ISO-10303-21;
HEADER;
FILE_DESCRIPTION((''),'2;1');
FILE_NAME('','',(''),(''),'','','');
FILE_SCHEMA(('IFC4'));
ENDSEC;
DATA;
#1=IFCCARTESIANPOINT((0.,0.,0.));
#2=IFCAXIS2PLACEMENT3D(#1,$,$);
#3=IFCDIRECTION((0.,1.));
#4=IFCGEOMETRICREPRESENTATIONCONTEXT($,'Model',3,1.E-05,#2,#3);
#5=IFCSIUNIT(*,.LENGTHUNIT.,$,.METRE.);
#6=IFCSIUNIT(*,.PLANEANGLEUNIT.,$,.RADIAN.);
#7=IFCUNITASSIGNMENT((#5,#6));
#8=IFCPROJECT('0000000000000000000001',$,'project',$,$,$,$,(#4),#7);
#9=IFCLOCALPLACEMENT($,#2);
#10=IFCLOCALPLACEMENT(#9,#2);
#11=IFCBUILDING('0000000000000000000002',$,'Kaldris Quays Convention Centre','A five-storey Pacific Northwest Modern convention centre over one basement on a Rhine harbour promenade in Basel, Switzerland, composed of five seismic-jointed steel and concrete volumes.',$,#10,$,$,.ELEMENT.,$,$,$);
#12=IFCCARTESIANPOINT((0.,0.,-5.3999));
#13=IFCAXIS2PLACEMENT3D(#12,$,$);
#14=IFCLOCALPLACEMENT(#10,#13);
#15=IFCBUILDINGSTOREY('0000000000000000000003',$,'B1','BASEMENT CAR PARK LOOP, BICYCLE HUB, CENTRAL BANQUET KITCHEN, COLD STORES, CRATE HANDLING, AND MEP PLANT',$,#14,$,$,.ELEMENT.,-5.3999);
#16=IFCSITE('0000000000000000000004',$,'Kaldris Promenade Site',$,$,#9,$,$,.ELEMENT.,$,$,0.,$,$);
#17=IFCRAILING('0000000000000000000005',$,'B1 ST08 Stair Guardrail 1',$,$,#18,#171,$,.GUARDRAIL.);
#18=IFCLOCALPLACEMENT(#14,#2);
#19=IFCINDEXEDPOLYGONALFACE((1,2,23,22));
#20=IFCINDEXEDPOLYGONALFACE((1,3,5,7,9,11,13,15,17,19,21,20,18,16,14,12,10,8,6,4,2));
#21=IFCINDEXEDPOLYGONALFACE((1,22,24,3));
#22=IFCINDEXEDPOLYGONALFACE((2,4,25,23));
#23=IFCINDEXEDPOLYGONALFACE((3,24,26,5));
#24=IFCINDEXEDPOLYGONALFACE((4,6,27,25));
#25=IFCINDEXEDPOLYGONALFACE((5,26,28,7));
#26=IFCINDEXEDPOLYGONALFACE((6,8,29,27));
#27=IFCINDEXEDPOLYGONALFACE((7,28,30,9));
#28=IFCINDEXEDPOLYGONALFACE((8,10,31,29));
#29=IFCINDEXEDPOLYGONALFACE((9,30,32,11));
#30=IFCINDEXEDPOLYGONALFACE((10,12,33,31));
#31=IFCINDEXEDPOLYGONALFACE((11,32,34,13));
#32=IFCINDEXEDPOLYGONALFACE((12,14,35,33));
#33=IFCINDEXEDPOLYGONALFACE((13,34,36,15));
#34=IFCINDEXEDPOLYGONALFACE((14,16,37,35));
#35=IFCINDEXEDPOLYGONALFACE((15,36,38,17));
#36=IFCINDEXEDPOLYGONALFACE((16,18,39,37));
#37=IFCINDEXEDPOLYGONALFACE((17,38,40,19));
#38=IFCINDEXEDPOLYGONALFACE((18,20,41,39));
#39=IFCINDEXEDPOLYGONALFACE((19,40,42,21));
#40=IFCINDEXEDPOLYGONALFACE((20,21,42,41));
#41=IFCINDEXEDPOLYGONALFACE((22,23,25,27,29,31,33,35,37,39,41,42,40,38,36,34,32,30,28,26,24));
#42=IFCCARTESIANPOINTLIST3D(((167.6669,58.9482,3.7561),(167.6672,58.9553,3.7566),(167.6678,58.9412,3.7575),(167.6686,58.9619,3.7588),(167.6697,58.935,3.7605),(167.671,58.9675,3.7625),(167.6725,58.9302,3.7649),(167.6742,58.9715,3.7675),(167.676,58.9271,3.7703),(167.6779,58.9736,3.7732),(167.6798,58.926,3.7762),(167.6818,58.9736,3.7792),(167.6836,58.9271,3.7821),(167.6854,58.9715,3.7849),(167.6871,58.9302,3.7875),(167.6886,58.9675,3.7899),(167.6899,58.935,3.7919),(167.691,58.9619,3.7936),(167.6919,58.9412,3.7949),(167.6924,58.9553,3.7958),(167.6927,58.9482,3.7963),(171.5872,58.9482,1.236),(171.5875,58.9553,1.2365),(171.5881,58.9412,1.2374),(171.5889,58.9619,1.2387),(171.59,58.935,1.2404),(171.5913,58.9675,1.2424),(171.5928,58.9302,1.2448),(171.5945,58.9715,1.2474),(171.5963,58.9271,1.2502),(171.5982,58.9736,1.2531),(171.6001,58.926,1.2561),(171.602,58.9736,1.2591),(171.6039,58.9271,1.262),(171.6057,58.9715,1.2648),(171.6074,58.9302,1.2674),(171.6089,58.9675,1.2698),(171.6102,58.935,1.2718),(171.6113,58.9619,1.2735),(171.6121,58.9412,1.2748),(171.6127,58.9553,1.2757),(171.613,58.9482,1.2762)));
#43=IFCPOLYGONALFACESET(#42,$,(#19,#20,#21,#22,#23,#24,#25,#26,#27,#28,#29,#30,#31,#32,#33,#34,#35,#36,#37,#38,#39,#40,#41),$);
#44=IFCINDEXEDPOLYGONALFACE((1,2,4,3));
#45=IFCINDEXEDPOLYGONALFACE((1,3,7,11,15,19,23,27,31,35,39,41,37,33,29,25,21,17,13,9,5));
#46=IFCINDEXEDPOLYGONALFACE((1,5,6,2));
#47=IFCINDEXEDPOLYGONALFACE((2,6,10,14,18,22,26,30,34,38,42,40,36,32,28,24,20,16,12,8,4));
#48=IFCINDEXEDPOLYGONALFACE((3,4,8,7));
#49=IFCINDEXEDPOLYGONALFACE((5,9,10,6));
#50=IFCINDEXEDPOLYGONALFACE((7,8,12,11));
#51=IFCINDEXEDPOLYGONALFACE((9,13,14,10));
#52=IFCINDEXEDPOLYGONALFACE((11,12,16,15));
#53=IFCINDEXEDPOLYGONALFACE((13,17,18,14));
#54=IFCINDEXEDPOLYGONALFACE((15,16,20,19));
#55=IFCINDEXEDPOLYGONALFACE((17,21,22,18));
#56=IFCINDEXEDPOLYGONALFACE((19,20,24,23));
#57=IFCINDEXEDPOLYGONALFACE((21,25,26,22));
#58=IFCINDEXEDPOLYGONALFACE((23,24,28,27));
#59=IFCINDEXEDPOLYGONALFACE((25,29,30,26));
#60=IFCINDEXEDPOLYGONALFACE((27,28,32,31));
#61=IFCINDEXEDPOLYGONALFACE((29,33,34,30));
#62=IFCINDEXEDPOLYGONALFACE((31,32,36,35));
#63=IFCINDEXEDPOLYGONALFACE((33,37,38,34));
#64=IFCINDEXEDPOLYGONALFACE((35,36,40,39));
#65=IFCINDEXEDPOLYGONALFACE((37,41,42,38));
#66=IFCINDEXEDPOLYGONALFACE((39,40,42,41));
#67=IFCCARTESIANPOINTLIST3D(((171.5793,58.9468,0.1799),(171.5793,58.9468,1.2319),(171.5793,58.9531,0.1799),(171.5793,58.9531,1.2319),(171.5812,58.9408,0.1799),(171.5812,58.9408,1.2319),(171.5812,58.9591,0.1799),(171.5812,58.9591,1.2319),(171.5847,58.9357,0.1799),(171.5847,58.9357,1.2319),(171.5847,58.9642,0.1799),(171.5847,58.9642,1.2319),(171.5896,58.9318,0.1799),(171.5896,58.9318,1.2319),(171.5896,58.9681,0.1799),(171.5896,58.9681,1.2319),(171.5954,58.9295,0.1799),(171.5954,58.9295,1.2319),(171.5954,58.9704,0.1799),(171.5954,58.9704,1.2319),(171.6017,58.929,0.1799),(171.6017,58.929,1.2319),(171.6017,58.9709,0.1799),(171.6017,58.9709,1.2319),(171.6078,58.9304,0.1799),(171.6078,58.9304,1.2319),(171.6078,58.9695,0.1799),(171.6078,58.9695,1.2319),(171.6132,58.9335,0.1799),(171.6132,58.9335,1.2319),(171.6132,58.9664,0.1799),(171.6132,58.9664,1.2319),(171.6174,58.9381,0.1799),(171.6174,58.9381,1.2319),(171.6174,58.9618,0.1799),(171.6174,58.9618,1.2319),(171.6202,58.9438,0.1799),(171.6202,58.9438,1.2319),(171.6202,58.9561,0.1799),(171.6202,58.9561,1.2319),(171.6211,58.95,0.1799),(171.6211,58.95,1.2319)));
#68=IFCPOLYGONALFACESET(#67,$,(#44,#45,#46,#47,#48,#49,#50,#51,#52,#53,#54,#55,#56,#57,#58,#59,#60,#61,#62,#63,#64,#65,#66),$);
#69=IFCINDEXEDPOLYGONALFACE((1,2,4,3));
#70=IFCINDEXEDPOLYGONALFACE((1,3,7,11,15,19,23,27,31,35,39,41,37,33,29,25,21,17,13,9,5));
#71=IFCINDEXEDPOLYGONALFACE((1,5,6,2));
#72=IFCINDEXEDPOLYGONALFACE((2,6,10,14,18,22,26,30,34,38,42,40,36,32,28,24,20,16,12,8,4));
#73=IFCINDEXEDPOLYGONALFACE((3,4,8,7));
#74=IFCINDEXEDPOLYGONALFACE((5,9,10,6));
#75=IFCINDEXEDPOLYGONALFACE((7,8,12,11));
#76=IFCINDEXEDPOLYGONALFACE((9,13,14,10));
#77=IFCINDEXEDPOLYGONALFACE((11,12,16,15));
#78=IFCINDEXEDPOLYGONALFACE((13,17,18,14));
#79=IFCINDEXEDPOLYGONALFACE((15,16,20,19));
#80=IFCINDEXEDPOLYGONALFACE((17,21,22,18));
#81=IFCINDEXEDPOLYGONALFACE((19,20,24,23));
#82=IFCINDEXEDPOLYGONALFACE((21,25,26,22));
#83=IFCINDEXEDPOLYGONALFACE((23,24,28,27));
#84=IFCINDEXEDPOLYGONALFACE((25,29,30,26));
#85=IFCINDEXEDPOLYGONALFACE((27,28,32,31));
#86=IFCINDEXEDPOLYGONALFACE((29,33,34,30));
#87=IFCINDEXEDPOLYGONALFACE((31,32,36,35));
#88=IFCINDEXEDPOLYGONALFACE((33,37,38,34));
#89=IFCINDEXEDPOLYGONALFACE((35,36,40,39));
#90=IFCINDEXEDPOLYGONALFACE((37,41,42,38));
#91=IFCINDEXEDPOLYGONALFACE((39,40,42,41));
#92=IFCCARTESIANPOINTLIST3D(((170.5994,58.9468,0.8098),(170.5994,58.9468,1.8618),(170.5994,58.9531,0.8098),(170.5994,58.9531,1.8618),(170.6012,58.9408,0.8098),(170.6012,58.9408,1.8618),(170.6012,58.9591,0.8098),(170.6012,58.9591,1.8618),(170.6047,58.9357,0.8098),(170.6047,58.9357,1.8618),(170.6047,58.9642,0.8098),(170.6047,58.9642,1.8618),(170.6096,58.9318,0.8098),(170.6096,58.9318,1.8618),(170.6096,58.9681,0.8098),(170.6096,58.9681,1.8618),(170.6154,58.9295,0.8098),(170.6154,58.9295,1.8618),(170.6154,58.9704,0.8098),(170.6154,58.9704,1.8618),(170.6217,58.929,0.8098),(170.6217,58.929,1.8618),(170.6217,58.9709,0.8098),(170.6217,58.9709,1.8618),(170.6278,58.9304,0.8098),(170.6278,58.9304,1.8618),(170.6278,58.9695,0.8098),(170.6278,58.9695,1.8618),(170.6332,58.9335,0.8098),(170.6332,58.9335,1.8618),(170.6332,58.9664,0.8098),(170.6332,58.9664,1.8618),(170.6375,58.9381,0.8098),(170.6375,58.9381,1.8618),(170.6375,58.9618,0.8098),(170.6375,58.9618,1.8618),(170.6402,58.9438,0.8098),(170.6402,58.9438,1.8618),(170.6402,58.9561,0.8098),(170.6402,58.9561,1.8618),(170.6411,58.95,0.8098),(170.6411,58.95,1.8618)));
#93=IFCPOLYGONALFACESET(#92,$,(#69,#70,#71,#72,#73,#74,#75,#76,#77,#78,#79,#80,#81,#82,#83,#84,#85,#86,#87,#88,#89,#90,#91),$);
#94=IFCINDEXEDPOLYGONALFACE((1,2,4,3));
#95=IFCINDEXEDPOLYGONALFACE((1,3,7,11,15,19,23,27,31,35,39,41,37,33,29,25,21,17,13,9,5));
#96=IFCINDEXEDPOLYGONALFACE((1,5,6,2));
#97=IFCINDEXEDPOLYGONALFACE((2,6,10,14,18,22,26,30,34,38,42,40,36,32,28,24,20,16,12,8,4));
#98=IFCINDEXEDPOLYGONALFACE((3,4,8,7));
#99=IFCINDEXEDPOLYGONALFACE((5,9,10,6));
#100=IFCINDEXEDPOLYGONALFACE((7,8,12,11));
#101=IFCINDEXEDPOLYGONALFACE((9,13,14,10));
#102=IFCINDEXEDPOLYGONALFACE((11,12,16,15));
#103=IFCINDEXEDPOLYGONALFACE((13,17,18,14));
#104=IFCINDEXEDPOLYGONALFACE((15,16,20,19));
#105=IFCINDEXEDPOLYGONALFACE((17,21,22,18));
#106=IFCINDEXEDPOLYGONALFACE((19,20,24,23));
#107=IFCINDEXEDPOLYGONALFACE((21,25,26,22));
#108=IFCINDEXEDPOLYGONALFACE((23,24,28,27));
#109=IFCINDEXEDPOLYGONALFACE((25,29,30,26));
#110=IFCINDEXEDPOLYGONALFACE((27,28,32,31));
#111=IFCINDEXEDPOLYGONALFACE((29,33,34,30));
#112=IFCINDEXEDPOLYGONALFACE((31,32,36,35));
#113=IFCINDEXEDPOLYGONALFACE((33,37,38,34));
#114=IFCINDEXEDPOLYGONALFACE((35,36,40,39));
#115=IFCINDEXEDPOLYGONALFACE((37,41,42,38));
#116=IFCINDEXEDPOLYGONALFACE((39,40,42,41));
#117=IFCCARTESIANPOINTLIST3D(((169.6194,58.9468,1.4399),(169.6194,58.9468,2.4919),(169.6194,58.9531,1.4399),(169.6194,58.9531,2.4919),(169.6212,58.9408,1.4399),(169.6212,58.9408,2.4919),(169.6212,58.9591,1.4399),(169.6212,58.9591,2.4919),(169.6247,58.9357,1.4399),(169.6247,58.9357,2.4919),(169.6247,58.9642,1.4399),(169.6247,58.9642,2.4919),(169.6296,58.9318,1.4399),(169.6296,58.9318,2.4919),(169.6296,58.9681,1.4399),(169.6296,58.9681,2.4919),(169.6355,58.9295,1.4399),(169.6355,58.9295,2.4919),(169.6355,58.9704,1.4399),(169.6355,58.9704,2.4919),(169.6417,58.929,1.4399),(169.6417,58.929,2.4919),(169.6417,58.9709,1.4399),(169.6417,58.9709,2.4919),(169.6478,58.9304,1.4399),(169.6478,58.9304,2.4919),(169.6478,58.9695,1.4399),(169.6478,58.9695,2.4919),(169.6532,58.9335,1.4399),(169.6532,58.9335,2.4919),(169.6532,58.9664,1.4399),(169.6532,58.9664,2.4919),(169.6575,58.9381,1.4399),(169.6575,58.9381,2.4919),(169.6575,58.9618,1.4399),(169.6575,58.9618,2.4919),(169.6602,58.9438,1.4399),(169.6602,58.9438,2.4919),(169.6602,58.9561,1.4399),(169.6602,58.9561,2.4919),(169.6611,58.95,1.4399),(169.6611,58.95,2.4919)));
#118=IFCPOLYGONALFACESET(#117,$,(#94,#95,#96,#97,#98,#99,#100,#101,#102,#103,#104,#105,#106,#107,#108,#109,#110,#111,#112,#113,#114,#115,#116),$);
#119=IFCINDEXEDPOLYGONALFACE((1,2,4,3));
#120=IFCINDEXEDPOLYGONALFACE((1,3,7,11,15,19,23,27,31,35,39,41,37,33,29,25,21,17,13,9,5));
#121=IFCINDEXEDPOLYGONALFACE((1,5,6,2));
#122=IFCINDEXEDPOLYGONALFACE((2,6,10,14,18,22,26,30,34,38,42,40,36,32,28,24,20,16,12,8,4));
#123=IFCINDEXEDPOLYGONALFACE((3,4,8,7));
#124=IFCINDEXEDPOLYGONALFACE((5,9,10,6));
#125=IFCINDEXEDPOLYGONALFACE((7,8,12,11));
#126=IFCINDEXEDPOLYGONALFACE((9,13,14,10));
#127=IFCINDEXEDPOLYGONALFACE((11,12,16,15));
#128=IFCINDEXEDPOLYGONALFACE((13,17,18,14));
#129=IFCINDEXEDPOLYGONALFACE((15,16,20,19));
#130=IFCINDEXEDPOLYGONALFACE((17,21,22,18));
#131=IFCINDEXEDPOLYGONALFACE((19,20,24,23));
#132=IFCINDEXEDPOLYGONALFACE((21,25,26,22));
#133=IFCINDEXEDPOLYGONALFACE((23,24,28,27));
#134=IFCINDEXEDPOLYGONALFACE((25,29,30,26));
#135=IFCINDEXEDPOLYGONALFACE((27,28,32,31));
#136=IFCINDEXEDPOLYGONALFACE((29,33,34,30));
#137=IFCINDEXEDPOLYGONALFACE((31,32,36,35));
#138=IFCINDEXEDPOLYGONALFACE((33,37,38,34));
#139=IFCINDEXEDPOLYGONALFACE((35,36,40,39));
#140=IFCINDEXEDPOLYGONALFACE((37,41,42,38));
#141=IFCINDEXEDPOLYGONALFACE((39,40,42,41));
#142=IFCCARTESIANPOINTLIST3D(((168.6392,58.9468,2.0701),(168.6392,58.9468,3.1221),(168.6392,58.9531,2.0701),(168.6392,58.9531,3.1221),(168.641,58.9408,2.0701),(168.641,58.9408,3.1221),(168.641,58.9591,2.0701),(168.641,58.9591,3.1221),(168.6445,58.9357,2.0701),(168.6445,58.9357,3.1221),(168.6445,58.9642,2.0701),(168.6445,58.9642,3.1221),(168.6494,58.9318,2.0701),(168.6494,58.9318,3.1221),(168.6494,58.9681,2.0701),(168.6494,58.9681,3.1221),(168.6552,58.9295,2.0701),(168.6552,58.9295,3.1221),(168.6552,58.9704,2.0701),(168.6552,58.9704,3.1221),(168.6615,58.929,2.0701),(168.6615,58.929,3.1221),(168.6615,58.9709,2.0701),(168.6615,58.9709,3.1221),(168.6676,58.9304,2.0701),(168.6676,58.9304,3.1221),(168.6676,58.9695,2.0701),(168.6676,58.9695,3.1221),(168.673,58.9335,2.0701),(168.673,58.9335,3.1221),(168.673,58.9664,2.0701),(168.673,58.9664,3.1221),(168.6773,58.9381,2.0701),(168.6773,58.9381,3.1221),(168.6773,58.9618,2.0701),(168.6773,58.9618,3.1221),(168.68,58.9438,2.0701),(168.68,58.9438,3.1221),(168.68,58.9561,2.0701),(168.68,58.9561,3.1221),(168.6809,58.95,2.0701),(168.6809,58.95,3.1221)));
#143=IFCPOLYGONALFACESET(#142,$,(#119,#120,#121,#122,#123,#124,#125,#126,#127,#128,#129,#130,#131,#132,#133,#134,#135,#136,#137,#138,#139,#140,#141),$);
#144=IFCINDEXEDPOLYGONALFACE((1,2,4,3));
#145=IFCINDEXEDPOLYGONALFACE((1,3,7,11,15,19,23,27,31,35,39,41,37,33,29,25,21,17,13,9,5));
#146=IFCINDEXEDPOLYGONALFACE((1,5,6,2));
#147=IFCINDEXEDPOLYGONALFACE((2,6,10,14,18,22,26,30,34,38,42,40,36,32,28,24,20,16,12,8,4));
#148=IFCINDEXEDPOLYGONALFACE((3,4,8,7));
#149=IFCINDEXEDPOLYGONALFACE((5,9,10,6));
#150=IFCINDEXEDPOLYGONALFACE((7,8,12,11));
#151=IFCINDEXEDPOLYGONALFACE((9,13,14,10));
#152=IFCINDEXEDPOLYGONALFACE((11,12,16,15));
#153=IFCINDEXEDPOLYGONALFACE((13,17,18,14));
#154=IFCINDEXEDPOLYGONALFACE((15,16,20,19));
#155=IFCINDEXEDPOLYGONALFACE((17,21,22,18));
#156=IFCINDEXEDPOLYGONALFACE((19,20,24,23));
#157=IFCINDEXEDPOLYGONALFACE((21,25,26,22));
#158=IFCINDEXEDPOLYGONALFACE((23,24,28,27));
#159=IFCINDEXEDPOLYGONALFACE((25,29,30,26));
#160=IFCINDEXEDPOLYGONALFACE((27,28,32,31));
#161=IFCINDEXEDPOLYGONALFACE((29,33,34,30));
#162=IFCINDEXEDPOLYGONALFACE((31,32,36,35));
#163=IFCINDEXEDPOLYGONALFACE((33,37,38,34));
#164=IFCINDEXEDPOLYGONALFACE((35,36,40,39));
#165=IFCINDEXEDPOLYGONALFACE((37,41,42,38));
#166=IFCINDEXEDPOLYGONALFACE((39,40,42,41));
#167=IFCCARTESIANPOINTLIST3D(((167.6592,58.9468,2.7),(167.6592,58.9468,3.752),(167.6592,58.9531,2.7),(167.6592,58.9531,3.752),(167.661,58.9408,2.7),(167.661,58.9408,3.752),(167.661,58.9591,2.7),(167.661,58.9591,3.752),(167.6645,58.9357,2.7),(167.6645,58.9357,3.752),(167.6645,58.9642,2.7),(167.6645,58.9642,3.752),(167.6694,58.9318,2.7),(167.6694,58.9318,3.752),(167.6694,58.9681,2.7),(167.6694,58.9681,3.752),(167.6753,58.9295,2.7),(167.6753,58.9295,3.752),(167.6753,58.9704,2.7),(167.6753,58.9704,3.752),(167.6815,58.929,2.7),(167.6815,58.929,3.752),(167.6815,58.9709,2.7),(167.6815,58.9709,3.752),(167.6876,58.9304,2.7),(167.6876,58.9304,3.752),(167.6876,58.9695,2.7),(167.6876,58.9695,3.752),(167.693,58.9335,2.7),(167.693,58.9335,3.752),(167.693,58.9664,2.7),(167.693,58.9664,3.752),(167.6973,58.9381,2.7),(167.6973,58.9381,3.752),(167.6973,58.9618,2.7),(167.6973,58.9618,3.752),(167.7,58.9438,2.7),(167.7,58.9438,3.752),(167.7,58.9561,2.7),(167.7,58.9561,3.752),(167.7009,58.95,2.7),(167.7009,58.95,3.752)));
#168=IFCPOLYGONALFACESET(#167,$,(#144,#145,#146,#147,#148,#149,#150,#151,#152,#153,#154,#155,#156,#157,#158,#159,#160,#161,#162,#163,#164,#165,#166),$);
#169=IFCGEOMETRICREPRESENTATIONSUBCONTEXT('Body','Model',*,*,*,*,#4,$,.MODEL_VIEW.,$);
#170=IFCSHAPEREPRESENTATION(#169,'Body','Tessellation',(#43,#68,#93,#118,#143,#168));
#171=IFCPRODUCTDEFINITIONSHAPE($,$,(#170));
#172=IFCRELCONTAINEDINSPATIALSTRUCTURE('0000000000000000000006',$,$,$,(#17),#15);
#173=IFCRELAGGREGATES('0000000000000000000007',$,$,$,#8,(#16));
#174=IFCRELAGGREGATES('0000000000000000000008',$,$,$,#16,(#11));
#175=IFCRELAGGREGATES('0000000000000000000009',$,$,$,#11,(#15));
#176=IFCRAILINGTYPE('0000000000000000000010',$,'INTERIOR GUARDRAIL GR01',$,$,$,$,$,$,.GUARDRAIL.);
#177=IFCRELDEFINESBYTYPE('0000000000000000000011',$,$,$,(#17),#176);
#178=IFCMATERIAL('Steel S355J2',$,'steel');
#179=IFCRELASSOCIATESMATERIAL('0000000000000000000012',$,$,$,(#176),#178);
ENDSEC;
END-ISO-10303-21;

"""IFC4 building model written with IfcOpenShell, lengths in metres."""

from ifc_helpers import new_model, si_unit, direction, frame, origin, origin_2d, place, context, subcontext, project, spatial, circle, extrude, material, type_object, element, save


model = new_model("IFC4")

# Units and contexts
model_context = context("Model", 3, precision=1e-05, world=origin(), true_north=direction((0.0, 1.0)))
body_context = subcontext(model_context, "Body", "Model", "MODEL_VIEW")
ifc_project = project(units=[si_unit("LENGTHUNIT", "METRE"), si_unit("PLANEANGLEUNIT", "RADIAN")], contexts=[model_context])

# Site, building, storey
site_placement = place(None, origin())
site = spatial("IfcSite", under=ifc_project, at=site_placement, Name="Kaldris Promenade Site", CompositionType="ELEMENT", RefElevation=0.0)
building_placement = place(site_placement, origin())
building = spatial("IfcBuilding", under=site, at=building_placement, Name="Kaldris Quays Convention Centre", Description="A five-storey Pacific Northwest Modern convention centre over one basement on a Rhine harbour promenade in Basel, Switzerland, composed of five seismic-jointed steel and concrete volumes.", CompositionType="ELEMENT")
storey_placement = place(building_placement, frame((0.0, 0.0, -5.3999)))
storey = spatial("IfcBuildingStorey", under=building, at=storey_placement, Name="B1", Description="BASEMENT CAR PARK LOOP, BICYCLE HUB, CENTRAL BANQUET KITCHEN, COLD STORES, CRATE HANDLING, AND MEP PLANT", CompositionType="ELEMENT", Elevation=-5.3999)

# Shared definitions
ifc_material_1 = material(Name="Steel S355J2", Category="steel")

# Railing
railing_type_1 = type_object("IfcRailingType", Name="INTERIOR GUARDRAIL GR01", PredefinedType="GUARDRAIL", material=ifc_material_1)
railing_1_placement = place(storey_placement, frame((171.6001, 58.95, 0.1799)))
element("IfcRailing", 1, at=railing_1_placement, inside=storey, type_object=railing_type_1, Name="B1 ST08 Stair Guardrail 1", PredefinedType="GUARDRAIL", context=body_context, shape_type="SweptSolid", body=[
    extrude(circle(Radius=0.0239, at=origin_2d()), frame((0.0, 0.0, 1.0762), z_axis=(-0.841187, 0.0, 0.540744), x_axis=(0.0, -1.0, 0.0)), (0.0, 0.0, 1.0), 4.6604),
    extrude(circle(Radius=0.021, at=origin_2d()), origin(), (0.0, 0.0, 1.0), 1.052),
    extrude(circle(Radius=0.021, at=origin_2d()), frame((-0.98, 0.0, 0.6299)), (0.0, 0.0, 1.0), 1.052),
    extrude(circle(Radius=0.021, at=origin_2d()), frame((-1.96, 0.0, 1.26)), (0.0, 0.0, 1.0), 1.052),
    extrude(circle(Radius=0.021, at=origin_2d()), frame((-2.9402, 0.0, 1.8901)), (0.0, 0.0, 1.0), 1.052),
    extrude(circle(Radius=0.021, at=origin_2d()), frame((-3.9202, 0.0, 2.52)), (0.0, 0.0, 1.0), 1.052),
])

save(model, "model.ifc")
